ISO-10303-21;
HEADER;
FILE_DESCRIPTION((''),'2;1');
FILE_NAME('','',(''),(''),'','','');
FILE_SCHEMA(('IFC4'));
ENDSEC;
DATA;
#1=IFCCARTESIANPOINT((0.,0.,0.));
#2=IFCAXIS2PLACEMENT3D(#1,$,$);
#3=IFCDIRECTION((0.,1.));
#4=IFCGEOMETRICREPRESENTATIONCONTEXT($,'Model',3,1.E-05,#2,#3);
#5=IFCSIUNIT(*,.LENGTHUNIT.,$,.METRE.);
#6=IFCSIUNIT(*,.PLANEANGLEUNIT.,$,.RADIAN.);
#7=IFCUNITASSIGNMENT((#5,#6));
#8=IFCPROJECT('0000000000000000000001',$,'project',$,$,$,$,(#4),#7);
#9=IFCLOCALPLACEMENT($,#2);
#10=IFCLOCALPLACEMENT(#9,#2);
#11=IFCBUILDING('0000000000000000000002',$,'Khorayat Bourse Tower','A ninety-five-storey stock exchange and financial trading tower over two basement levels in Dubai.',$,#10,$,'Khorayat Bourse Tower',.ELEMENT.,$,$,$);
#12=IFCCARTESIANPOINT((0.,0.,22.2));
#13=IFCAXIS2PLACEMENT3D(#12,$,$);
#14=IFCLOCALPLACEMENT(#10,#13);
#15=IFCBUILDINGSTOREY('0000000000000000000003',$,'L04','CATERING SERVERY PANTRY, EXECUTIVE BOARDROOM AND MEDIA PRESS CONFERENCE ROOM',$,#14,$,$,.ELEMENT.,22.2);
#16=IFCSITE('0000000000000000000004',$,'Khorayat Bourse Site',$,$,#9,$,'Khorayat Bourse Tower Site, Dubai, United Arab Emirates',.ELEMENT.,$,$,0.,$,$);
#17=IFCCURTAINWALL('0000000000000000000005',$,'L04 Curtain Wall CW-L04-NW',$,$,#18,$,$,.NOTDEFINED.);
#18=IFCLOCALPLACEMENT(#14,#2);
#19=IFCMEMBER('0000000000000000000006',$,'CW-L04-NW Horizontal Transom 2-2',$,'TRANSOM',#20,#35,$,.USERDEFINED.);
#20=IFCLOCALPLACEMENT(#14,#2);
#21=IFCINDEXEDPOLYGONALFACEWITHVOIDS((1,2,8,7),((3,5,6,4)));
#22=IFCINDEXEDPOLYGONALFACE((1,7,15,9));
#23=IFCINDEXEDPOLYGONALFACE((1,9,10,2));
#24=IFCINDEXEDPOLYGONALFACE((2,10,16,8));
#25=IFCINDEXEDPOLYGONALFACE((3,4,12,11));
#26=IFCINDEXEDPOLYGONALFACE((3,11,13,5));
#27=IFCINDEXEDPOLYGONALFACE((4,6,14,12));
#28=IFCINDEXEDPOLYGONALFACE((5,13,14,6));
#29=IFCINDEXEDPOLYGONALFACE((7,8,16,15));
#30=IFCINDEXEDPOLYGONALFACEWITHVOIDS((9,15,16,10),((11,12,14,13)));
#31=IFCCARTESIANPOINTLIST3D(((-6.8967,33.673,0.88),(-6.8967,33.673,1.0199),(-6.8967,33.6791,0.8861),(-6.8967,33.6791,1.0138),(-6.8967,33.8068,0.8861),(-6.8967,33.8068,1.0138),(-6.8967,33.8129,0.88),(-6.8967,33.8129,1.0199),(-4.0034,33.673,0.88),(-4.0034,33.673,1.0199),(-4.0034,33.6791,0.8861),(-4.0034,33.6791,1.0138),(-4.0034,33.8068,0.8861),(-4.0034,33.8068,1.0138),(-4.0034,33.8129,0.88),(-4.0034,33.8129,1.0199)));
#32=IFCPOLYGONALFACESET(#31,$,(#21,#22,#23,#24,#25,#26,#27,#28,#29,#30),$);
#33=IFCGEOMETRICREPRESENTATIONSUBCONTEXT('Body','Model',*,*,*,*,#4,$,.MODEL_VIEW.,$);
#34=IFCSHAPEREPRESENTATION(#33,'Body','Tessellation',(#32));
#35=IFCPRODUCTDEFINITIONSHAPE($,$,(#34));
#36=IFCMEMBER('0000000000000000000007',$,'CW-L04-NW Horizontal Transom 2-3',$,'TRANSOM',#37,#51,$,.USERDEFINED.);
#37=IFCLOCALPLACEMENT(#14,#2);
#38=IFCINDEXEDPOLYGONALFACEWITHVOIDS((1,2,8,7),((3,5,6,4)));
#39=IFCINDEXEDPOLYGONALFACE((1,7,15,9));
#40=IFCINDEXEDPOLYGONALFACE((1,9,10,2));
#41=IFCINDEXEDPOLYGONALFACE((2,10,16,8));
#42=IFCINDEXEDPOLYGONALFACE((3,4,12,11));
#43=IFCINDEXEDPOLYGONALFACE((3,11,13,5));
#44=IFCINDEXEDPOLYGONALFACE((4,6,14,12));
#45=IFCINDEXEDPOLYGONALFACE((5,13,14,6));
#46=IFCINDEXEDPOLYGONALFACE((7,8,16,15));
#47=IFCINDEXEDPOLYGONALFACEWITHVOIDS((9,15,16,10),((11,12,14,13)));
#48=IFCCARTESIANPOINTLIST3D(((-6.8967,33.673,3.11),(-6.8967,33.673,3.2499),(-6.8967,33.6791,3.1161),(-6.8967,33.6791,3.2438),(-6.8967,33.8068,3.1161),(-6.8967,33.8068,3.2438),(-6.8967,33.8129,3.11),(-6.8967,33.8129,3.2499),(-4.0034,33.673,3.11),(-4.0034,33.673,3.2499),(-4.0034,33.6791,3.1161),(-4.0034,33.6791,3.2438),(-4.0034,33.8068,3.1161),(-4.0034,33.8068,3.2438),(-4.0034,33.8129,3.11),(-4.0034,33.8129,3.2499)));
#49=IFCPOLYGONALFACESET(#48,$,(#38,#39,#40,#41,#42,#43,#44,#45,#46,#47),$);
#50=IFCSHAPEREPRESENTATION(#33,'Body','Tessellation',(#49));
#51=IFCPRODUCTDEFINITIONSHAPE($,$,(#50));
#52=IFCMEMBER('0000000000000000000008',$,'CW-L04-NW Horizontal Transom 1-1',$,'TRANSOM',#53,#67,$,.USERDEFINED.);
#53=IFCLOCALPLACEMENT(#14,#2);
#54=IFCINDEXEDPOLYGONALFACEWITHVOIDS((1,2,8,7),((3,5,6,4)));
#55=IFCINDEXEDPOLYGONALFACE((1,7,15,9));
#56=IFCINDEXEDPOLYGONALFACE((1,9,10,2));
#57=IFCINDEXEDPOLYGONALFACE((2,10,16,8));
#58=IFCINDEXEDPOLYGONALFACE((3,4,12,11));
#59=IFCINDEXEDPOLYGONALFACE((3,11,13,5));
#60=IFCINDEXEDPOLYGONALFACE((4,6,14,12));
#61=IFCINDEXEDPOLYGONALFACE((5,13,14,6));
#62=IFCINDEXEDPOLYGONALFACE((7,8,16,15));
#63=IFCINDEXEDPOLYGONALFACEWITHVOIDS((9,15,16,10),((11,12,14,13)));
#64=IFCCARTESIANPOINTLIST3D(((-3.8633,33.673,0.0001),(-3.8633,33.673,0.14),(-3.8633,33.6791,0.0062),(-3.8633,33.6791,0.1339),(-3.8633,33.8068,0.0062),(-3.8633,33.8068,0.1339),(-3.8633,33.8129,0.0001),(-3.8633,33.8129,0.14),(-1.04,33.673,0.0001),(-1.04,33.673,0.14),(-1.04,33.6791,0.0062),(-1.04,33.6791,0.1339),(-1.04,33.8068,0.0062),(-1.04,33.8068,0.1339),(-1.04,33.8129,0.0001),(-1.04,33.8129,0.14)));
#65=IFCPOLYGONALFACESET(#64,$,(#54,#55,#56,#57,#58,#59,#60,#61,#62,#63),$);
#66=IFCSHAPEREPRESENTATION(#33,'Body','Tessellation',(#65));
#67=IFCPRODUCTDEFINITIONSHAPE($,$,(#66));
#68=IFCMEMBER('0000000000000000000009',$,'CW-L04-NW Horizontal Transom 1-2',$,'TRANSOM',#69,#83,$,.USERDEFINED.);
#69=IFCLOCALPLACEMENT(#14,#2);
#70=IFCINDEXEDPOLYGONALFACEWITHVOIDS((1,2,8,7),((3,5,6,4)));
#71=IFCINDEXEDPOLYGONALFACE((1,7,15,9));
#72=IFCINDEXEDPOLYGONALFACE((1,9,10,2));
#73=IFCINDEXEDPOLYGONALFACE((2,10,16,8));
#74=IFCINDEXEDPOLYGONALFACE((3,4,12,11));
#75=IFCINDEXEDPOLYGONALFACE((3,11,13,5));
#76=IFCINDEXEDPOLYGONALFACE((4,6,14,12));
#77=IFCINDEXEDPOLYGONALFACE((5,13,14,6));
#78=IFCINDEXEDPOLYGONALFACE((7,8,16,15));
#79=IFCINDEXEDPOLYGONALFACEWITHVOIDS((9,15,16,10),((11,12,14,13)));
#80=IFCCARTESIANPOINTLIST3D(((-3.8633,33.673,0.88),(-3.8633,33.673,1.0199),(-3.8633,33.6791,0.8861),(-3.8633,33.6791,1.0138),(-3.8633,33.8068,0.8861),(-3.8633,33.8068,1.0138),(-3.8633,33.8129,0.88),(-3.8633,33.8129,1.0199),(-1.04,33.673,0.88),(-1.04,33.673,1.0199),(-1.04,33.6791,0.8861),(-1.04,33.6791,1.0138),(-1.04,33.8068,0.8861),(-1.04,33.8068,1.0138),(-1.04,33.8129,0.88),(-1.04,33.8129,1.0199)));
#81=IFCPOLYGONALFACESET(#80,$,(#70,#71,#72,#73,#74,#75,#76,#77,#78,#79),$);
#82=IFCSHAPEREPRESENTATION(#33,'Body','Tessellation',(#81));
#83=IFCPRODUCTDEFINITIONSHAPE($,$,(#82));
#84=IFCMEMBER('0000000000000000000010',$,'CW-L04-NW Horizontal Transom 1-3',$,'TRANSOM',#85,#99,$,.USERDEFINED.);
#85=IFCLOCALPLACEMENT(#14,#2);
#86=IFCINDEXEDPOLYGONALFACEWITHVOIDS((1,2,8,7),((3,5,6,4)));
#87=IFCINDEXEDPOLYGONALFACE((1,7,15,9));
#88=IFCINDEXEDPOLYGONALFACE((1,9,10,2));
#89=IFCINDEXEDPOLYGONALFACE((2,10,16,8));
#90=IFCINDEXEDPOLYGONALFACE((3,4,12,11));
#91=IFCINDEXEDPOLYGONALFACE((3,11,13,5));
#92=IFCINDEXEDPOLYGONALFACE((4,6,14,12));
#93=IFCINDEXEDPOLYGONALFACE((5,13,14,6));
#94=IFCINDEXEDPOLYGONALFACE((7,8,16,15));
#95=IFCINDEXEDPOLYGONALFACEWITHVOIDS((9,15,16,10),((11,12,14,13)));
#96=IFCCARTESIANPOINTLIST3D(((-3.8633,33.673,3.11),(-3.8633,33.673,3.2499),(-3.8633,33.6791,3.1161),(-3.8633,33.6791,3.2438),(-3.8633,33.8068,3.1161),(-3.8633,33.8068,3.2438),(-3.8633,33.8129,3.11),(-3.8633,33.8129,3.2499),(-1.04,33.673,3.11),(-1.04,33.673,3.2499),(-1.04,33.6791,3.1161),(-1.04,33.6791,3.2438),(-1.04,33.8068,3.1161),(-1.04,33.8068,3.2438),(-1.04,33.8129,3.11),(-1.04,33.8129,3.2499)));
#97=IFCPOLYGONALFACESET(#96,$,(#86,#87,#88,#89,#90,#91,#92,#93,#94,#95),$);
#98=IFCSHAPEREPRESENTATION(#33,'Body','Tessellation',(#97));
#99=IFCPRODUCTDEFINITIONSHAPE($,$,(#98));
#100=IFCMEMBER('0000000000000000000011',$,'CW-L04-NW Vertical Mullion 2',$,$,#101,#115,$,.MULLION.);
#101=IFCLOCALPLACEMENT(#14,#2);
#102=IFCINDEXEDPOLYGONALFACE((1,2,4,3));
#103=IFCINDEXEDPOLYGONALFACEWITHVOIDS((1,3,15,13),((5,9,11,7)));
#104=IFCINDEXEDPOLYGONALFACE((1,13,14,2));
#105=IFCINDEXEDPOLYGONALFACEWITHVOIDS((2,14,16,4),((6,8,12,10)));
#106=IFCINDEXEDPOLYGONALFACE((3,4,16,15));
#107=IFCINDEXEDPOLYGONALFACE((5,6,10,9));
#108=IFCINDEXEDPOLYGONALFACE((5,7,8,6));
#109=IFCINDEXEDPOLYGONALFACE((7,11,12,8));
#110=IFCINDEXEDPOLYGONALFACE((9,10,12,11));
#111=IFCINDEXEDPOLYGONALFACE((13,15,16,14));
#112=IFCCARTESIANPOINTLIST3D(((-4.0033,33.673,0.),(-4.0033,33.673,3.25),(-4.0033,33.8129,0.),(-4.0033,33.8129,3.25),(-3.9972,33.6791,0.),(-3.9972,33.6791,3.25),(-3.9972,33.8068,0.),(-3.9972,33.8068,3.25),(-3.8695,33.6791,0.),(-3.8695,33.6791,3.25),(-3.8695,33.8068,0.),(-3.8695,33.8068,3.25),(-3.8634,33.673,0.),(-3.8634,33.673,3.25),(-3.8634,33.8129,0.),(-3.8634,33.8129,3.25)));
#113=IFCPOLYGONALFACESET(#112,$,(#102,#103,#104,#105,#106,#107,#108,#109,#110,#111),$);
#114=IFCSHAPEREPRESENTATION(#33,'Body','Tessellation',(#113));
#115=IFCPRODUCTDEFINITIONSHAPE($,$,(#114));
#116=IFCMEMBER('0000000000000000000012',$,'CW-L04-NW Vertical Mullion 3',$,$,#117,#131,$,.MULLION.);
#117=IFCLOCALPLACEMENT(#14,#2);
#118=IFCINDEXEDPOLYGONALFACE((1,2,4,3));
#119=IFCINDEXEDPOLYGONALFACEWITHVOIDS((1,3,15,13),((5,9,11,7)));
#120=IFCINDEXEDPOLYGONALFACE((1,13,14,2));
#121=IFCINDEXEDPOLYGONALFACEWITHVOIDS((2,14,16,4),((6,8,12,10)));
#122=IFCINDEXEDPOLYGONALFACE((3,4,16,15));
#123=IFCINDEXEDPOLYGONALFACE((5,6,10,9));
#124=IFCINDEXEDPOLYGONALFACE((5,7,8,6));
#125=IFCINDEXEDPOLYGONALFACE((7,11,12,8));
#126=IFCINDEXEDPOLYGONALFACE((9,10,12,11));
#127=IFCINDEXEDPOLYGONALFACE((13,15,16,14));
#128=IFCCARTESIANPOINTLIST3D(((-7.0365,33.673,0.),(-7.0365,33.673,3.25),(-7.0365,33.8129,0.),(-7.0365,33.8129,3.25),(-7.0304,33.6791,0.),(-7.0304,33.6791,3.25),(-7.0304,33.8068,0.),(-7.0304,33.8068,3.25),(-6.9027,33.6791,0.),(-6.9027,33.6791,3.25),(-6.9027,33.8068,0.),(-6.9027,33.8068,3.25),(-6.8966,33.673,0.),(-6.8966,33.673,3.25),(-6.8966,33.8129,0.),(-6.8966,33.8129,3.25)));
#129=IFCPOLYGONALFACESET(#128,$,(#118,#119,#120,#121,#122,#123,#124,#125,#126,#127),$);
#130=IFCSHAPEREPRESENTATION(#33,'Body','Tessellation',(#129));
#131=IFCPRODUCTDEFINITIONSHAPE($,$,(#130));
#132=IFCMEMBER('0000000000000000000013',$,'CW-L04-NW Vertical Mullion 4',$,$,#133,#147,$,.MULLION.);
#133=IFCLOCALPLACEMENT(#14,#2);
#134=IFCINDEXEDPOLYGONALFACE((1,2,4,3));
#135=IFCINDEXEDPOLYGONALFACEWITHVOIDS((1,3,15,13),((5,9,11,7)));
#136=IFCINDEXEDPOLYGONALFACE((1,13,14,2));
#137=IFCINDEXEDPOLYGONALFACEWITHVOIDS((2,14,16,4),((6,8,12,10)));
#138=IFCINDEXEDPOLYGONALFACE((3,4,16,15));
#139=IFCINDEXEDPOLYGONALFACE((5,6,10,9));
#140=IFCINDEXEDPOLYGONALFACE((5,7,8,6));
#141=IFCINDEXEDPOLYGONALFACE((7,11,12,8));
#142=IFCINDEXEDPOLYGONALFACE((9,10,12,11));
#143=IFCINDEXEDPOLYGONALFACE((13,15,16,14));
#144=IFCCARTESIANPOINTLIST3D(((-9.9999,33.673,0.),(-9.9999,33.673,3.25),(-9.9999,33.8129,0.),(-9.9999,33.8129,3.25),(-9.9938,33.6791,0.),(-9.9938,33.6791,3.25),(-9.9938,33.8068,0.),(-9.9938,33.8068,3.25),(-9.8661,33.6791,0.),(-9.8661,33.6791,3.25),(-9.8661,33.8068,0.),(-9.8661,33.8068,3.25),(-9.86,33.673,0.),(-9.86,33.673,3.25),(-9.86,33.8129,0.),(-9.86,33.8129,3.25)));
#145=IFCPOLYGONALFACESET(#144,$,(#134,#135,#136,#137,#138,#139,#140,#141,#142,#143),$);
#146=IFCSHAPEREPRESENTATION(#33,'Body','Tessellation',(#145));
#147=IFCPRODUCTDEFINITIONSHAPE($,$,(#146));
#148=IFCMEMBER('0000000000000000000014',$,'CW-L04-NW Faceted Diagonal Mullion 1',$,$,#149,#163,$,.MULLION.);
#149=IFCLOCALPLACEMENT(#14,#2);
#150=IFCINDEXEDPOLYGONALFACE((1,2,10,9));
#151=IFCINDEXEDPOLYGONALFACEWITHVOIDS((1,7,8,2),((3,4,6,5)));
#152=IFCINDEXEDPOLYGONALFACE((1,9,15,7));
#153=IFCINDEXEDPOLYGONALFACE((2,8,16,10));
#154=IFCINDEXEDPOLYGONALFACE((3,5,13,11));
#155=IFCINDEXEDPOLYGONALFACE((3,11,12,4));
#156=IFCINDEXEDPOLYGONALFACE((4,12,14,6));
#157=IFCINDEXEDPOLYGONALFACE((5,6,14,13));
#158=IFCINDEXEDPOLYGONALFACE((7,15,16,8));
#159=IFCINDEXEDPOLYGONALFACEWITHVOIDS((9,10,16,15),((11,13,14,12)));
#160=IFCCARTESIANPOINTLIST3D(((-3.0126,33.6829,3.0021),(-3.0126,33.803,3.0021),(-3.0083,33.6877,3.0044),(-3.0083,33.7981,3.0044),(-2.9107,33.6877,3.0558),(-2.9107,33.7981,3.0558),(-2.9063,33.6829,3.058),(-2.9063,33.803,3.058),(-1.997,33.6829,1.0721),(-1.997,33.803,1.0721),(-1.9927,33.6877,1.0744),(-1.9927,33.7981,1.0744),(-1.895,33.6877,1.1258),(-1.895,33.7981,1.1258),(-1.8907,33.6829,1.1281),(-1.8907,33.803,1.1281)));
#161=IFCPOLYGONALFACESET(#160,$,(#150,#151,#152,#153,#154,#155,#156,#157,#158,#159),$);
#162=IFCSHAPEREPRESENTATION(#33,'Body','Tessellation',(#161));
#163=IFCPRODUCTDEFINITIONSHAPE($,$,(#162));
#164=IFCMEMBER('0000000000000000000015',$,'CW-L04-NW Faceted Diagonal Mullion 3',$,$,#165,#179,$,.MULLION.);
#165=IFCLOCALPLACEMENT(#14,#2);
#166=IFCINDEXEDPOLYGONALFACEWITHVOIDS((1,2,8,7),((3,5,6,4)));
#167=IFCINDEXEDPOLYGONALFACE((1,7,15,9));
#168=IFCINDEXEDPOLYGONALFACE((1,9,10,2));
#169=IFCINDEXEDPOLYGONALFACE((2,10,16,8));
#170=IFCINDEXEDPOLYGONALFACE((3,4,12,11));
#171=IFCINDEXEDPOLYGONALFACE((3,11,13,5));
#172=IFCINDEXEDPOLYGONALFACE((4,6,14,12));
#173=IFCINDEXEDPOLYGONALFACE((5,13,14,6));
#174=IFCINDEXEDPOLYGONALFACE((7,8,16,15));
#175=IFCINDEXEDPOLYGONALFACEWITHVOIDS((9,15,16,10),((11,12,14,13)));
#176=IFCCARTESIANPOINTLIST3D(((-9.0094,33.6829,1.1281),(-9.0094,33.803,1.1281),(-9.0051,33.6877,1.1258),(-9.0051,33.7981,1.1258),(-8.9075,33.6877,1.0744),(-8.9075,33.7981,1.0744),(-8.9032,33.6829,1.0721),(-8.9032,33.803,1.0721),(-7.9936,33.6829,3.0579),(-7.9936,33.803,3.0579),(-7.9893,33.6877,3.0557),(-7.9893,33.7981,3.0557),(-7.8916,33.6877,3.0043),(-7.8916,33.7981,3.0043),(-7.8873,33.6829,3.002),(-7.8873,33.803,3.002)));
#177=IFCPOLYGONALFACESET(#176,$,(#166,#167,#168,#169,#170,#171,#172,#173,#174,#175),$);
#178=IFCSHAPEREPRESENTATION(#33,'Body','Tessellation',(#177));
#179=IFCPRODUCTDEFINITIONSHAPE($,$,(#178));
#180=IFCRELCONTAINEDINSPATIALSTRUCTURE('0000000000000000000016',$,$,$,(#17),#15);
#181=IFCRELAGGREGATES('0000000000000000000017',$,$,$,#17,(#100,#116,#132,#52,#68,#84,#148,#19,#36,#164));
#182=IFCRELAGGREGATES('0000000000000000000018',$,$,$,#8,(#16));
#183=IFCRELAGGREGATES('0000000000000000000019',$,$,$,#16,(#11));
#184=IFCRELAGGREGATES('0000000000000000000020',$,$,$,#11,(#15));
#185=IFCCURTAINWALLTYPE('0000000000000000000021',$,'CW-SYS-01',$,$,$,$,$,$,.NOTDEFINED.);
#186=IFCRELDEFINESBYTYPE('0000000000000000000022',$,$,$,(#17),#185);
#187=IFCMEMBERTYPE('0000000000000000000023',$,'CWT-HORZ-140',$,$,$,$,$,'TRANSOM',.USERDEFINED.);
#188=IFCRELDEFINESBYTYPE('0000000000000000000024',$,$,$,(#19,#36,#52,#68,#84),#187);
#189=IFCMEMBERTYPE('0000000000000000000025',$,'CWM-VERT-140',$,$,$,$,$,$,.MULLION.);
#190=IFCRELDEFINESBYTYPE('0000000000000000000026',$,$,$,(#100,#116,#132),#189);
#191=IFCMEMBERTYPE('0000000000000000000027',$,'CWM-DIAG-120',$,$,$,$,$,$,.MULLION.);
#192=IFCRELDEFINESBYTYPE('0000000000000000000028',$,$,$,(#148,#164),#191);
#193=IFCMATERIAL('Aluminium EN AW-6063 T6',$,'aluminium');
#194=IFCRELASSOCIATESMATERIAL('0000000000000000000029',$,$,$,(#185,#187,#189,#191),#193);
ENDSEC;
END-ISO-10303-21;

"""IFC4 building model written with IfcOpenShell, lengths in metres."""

from ifc_helpers import new_model, si_unit, direction, frame, origin, origin_2d, place, context, subcontext, project, spatial, hollow_rectangle, extrude, source, transform, mapped, material, material_profile, profile_set, type_object, element, aggregate, save


model = new_model("IFC4")

# Units and contexts
model_context = context("Model", 3, precision=1e-05, world=origin(), true_north=direction((0.0, 1.0)))
body_context = subcontext(model_context, "Body", "Model", "MODEL_VIEW")
ifc_project = project(units=[si_unit("LENGTHUNIT", "METRE"), si_unit("PLANEANGLEUNIT", "RADIAN")], contexts=[model_context])

# Site, building, storey
site_placement = place(None, origin())
site = spatial("IfcSite", under=ifc_project, at=site_placement, Name="Khorayat Bourse Site", LongName="Khorayat Bourse Tower Site, Dubai, United Arab Emirates", CompositionType="ELEMENT", RefElevation=0.0)
building_placement = place(site_placement, origin())
building = spatial("IfcBuilding", under=site, at=building_placement, Name="Khorayat Bourse Tower", Description="A ninety-five-storey stock exchange and financial trading tower over two basement levels in Dubai.", LongName="Khorayat Bourse Tower", CompositionType="ELEMENT")
storey_placement = place(building_placement, frame((0.0, 0.0, 22.2)))
storey = spatial("IfcBuildingStorey", under=building, at=storey_placement, Name="L04", Description="CATERING SERVERY PANTRY, EXECUTIVE BOARDROOM AND MEDIA PRESS CONFERENCE ROOM", CompositionType="ELEMENT", Elevation=22.2)

# Curtain wall, members
ifc_material_1 = material(Name="Aluminium EN AW-6063 T6", Category="aluminium")
curtain_wall_type = type_object("IfcCurtainWallType", Name="CW-SYS-01", PredefinedType="NOTDEFINED", material=ifc_material_1)
curtain_wall_placement = place(storey_placement, origin())
curtain_wall = element("IfcCurtainWall", 1, at=curtain_wall_placement, inside=storey, type_object=curtain_wall_type, Name="L04 Curtain Wall CW-L04-NW", PredefinedType="NOTDEFINED")
ifc_material_profile_1 = material_profile(ifc_material_1, hollow_rectangle(XDim=0.1399, YDim=0.1399, WallThickness=0.0061, at=origin_2d()), Name="ALU 140x140x6")
ifc_profile_set_1 = profile_set([ifc_material_profile_1], Name="Aluminium EN AW-6063 T6")
member_type_1 = type_object("IfcMemberType", Name="CWT-HORZ-140", ElementType="TRANSOM", PredefinedType="USERDEFINED", material=ifc_profile_set_1)
shared_shape_1 = source(origin(), body_context, "Body", "SweptSolid", [
    extrude(hollow_rectangle(XDim=0.1399, YDim=0.1399, WallThickness=0.0061, at=origin_2d()), origin(), (0.0, 0.0, 1.0), 2.8933),
])
member_1_placement = place(storey_placement, frame((-4.0034, 33.7429, 0.95), z_axis=(-1.0, 0.0, 0.0), x_axis=(0.0, -1.0, 0.0)))
member_1 = element("IfcMember", 2, at=member_1_placement, type_object=member_type_1, Name="CW-L04-NW Horizontal Transom 2-2", ObjectType="TRANSOM", PredefinedType="USERDEFINED", context=body_context, shape_type="MappedRepresentation", body=[
    mapped(shared_shape_1, transform((0.0, 0.0, 0.0), scale=1.0)),
])
member_2_placement = place(storey_placement, frame((-4.0034, 33.7429, 3.1799), z_axis=(-1.0, 0.0, 0.0), x_axis=(0.0, -1.0, 0.0)))
member_2 = element("IfcMember", 3, at=member_2_placement, type_object=member_type_1, Name="CW-L04-NW Horizontal Transom 2-3", ObjectType="TRANSOM", PredefinedType="USERDEFINED", context=body_context, shape_type="MappedRepresentation", body=[
    mapped(shared_shape_1, transform((0.0, 0.0, 0.0), scale=1.0)),
])
shared_shape_2 = source(origin(), body_context, "Body", "SweptSolid", [
    extrude(hollow_rectangle(XDim=0.1399, YDim=0.1399, WallThickness=0.0061, at=origin_2d()), origin(), (0.0, 0.0, 1.0), 2.8232),
])
member_3_placement = place(storey_placement, frame((-1.04, 33.7429, 0.0701), z_axis=(-1.0, 0.0, 0.0), x_axis=(0.0, -1.0, 0.0)))
member_3 = element("IfcMember", 4, at=member_3_placement, type_object=member_type_1, Name="CW-L04-NW Horizontal Transom 1-1", ObjectType="TRANSOM", PredefinedType="USERDEFINED", context=body_context, shape_type="MappedRepresentation", body=[
    mapped(shared_shape_2, transform((0.0, 0.0, 0.0), scale=1.0)),
])
member_4_placement = place(storey_placement, frame((-1.04, 33.7429, 0.95), z_axis=(-1.0, 0.0, 0.0), x_axis=(0.0, -1.0, 0.0)))
member_4 = element("IfcMember", 5, at=member_4_placement, type_object=member_type_1, Name="CW-L04-NW Horizontal Transom 1-2", ObjectType="TRANSOM", PredefinedType="USERDEFINED", context=body_context, shape_type="MappedRepresentation", body=[
    mapped(shared_shape_2, transform((0.0, 0.0, 0.0), scale=1.0)),
])
member_5_placement = place(storey_placement, frame((-1.04, 33.7429, 3.1799), z_axis=(-1.0, 0.0, 0.0), x_axis=(0.0, -1.0, 0.0)))
member_5 = element("IfcMember", 6, at=member_5_placement, type_object=member_type_1, Name="CW-L04-NW Horizontal Transom 1-3", ObjectType="TRANSOM", PredefinedType="USERDEFINED", context=body_context, shape_type="MappedRepresentation", body=[
    mapped(shared_shape_2, transform((0.0, 0.0, 0.0), scale=1.0)),
])
ifc_material_profile_2 = material_profile(ifc_material_1, hollow_rectangle(XDim=0.1399, YDim=0.1399, WallThickness=0.0061, at=origin_2d()), Name="ALU 140x140x6")
ifc_profile_set_2 = profile_set([ifc_material_profile_2], Name="Aluminium EN AW-6063 T6")
member_type_2 = type_object("IfcMemberType", Name="CWM-VERT-140", PredefinedType="MULLION", material=ifc_profile_set_2)
shared_shape_3 = source(origin(), body_context, "Body", "SweptSolid", [
    extrude(hollow_rectangle(XDim=0.1399, YDim=0.1399, WallThickness=0.0061, at=origin_2d()), origin(), (0.0, 0.0, 1.0), 3.25),
])
member_6_placement = place(storey_placement, frame((-3.9333, 33.7429, 0.0), z_axis=(0.0, 0.0, 1.0), x_axis=(0.0, -1.0, 0.0)))
member_6 = element("IfcMember", 7, at=member_6_placement, type_object=member_type_2, Name="CW-L04-NW Vertical Mullion 2", PredefinedType="MULLION", context=body_context, shape_type="MappedRepresentation", body=[
    mapped(shared_shape_3, transform((0.0, 0.0, 0.0), scale=1.0)),
])
member_7_placement = place(storey_placement, frame((-6.9666, 33.7429, 0.0), z_axis=(0.0, 0.0, 1.0), x_axis=(0.0, -1.0, 0.0)))
member_7 = element("IfcMember", 8, at=member_7_placement, type_object=member_type_2, Name="CW-L04-NW Vertical Mullion 3", PredefinedType="MULLION", context=body_context, shape_type="MappedRepresentation", body=[
    mapped(shared_shape_3, transform((0.0, 0.0, 0.0), scale=1.0)),
])
member_8_placement = place(storey_placement, frame((-9.9299, 33.7429, 0.0), z_axis=(0.0, 0.0, 1.0), x_axis=(0.0, -1.0, 0.0)))
member_8 = element("IfcMember", 9, at=member_8_placement, type_object=member_type_2, Name="CW-L04-NW Vertical Mullion 4", PredefinedType="MULLION", context=body_context, shape_type="MappedRepresentation", body=[
    mapped(shared_shape_3, transform((0.0, 0.0, 0.0), scale=1.0)),
])
ifc_material_profile_3 = material_profile(ifc_material_1, hollow_rectangle(XDim=0.1201, YDim=0.1201, WallThickness=0.0049, at=origin_2d()), Name="ALU 120x120x5")
ifc_profile_set_3 = profile_set([ifc_material_profile_3], Name="Aluminium EN AW-6063 T6")
member_type_3 = type_object("IfcMemberType", Name="CWM-DIAG-120", PredefinedType="MULLION", material=ifc_profile_set_3)
shared_shape_4 = source(origin(), body_context, "Body", "SweptSolid", [
    extrude(hollow_rectangle(XDim=0.1201, YDim=0.1201, WallThickness=0.0049, at=origin_2d()), origin(), (0.0, 0.0, 1.0), 2.1809),
])
member_9_placement = place(storey_placement, frame((-1.9438, 33.7429, 1.1001), z_axis=(-0.4657, 0.0, 0.884943), x_axis=(0.0, -1.0, 0.0)))
member_9 = element("IfcMember", 10, at=member_9_placement, type_object=member_type_3, Name="CW-L04-NW Faceted Diagonal Mullion 1", PredefinedType="MULLION", context=body_context, shape_type="MappedRepresentation", body=[
    mapped(shared_shape_4, transform((0.0, 0.0, 0.0), scale=1.0)),
])
member_10_placement = place(storey_placement, frame((-8.9563, 33.7429, 1.1001), z_axis=(0.465788, 0.0, 0.884896), x_axis=(0.0, 1.0, 0.0)))
member_10 = element("IfcMember", 11, at=member_10_placement, type_object=member_type_3, Name="CW-L04-NW Faceted Diagonal Mullion 3", PredefinedType="MULLION", context=body_context, shape_type="MappedRepresentation", body=[
    mapped(shared_shape_4, transform((0.0, 0.0, 0.0), scale=1.0)),
])

aggregate(curtain_wall, [member_6, member_7, member_8, member_3, member_4, member_5, member_9, member_1, member_2, member_10])

save(model, "model.ifc")
